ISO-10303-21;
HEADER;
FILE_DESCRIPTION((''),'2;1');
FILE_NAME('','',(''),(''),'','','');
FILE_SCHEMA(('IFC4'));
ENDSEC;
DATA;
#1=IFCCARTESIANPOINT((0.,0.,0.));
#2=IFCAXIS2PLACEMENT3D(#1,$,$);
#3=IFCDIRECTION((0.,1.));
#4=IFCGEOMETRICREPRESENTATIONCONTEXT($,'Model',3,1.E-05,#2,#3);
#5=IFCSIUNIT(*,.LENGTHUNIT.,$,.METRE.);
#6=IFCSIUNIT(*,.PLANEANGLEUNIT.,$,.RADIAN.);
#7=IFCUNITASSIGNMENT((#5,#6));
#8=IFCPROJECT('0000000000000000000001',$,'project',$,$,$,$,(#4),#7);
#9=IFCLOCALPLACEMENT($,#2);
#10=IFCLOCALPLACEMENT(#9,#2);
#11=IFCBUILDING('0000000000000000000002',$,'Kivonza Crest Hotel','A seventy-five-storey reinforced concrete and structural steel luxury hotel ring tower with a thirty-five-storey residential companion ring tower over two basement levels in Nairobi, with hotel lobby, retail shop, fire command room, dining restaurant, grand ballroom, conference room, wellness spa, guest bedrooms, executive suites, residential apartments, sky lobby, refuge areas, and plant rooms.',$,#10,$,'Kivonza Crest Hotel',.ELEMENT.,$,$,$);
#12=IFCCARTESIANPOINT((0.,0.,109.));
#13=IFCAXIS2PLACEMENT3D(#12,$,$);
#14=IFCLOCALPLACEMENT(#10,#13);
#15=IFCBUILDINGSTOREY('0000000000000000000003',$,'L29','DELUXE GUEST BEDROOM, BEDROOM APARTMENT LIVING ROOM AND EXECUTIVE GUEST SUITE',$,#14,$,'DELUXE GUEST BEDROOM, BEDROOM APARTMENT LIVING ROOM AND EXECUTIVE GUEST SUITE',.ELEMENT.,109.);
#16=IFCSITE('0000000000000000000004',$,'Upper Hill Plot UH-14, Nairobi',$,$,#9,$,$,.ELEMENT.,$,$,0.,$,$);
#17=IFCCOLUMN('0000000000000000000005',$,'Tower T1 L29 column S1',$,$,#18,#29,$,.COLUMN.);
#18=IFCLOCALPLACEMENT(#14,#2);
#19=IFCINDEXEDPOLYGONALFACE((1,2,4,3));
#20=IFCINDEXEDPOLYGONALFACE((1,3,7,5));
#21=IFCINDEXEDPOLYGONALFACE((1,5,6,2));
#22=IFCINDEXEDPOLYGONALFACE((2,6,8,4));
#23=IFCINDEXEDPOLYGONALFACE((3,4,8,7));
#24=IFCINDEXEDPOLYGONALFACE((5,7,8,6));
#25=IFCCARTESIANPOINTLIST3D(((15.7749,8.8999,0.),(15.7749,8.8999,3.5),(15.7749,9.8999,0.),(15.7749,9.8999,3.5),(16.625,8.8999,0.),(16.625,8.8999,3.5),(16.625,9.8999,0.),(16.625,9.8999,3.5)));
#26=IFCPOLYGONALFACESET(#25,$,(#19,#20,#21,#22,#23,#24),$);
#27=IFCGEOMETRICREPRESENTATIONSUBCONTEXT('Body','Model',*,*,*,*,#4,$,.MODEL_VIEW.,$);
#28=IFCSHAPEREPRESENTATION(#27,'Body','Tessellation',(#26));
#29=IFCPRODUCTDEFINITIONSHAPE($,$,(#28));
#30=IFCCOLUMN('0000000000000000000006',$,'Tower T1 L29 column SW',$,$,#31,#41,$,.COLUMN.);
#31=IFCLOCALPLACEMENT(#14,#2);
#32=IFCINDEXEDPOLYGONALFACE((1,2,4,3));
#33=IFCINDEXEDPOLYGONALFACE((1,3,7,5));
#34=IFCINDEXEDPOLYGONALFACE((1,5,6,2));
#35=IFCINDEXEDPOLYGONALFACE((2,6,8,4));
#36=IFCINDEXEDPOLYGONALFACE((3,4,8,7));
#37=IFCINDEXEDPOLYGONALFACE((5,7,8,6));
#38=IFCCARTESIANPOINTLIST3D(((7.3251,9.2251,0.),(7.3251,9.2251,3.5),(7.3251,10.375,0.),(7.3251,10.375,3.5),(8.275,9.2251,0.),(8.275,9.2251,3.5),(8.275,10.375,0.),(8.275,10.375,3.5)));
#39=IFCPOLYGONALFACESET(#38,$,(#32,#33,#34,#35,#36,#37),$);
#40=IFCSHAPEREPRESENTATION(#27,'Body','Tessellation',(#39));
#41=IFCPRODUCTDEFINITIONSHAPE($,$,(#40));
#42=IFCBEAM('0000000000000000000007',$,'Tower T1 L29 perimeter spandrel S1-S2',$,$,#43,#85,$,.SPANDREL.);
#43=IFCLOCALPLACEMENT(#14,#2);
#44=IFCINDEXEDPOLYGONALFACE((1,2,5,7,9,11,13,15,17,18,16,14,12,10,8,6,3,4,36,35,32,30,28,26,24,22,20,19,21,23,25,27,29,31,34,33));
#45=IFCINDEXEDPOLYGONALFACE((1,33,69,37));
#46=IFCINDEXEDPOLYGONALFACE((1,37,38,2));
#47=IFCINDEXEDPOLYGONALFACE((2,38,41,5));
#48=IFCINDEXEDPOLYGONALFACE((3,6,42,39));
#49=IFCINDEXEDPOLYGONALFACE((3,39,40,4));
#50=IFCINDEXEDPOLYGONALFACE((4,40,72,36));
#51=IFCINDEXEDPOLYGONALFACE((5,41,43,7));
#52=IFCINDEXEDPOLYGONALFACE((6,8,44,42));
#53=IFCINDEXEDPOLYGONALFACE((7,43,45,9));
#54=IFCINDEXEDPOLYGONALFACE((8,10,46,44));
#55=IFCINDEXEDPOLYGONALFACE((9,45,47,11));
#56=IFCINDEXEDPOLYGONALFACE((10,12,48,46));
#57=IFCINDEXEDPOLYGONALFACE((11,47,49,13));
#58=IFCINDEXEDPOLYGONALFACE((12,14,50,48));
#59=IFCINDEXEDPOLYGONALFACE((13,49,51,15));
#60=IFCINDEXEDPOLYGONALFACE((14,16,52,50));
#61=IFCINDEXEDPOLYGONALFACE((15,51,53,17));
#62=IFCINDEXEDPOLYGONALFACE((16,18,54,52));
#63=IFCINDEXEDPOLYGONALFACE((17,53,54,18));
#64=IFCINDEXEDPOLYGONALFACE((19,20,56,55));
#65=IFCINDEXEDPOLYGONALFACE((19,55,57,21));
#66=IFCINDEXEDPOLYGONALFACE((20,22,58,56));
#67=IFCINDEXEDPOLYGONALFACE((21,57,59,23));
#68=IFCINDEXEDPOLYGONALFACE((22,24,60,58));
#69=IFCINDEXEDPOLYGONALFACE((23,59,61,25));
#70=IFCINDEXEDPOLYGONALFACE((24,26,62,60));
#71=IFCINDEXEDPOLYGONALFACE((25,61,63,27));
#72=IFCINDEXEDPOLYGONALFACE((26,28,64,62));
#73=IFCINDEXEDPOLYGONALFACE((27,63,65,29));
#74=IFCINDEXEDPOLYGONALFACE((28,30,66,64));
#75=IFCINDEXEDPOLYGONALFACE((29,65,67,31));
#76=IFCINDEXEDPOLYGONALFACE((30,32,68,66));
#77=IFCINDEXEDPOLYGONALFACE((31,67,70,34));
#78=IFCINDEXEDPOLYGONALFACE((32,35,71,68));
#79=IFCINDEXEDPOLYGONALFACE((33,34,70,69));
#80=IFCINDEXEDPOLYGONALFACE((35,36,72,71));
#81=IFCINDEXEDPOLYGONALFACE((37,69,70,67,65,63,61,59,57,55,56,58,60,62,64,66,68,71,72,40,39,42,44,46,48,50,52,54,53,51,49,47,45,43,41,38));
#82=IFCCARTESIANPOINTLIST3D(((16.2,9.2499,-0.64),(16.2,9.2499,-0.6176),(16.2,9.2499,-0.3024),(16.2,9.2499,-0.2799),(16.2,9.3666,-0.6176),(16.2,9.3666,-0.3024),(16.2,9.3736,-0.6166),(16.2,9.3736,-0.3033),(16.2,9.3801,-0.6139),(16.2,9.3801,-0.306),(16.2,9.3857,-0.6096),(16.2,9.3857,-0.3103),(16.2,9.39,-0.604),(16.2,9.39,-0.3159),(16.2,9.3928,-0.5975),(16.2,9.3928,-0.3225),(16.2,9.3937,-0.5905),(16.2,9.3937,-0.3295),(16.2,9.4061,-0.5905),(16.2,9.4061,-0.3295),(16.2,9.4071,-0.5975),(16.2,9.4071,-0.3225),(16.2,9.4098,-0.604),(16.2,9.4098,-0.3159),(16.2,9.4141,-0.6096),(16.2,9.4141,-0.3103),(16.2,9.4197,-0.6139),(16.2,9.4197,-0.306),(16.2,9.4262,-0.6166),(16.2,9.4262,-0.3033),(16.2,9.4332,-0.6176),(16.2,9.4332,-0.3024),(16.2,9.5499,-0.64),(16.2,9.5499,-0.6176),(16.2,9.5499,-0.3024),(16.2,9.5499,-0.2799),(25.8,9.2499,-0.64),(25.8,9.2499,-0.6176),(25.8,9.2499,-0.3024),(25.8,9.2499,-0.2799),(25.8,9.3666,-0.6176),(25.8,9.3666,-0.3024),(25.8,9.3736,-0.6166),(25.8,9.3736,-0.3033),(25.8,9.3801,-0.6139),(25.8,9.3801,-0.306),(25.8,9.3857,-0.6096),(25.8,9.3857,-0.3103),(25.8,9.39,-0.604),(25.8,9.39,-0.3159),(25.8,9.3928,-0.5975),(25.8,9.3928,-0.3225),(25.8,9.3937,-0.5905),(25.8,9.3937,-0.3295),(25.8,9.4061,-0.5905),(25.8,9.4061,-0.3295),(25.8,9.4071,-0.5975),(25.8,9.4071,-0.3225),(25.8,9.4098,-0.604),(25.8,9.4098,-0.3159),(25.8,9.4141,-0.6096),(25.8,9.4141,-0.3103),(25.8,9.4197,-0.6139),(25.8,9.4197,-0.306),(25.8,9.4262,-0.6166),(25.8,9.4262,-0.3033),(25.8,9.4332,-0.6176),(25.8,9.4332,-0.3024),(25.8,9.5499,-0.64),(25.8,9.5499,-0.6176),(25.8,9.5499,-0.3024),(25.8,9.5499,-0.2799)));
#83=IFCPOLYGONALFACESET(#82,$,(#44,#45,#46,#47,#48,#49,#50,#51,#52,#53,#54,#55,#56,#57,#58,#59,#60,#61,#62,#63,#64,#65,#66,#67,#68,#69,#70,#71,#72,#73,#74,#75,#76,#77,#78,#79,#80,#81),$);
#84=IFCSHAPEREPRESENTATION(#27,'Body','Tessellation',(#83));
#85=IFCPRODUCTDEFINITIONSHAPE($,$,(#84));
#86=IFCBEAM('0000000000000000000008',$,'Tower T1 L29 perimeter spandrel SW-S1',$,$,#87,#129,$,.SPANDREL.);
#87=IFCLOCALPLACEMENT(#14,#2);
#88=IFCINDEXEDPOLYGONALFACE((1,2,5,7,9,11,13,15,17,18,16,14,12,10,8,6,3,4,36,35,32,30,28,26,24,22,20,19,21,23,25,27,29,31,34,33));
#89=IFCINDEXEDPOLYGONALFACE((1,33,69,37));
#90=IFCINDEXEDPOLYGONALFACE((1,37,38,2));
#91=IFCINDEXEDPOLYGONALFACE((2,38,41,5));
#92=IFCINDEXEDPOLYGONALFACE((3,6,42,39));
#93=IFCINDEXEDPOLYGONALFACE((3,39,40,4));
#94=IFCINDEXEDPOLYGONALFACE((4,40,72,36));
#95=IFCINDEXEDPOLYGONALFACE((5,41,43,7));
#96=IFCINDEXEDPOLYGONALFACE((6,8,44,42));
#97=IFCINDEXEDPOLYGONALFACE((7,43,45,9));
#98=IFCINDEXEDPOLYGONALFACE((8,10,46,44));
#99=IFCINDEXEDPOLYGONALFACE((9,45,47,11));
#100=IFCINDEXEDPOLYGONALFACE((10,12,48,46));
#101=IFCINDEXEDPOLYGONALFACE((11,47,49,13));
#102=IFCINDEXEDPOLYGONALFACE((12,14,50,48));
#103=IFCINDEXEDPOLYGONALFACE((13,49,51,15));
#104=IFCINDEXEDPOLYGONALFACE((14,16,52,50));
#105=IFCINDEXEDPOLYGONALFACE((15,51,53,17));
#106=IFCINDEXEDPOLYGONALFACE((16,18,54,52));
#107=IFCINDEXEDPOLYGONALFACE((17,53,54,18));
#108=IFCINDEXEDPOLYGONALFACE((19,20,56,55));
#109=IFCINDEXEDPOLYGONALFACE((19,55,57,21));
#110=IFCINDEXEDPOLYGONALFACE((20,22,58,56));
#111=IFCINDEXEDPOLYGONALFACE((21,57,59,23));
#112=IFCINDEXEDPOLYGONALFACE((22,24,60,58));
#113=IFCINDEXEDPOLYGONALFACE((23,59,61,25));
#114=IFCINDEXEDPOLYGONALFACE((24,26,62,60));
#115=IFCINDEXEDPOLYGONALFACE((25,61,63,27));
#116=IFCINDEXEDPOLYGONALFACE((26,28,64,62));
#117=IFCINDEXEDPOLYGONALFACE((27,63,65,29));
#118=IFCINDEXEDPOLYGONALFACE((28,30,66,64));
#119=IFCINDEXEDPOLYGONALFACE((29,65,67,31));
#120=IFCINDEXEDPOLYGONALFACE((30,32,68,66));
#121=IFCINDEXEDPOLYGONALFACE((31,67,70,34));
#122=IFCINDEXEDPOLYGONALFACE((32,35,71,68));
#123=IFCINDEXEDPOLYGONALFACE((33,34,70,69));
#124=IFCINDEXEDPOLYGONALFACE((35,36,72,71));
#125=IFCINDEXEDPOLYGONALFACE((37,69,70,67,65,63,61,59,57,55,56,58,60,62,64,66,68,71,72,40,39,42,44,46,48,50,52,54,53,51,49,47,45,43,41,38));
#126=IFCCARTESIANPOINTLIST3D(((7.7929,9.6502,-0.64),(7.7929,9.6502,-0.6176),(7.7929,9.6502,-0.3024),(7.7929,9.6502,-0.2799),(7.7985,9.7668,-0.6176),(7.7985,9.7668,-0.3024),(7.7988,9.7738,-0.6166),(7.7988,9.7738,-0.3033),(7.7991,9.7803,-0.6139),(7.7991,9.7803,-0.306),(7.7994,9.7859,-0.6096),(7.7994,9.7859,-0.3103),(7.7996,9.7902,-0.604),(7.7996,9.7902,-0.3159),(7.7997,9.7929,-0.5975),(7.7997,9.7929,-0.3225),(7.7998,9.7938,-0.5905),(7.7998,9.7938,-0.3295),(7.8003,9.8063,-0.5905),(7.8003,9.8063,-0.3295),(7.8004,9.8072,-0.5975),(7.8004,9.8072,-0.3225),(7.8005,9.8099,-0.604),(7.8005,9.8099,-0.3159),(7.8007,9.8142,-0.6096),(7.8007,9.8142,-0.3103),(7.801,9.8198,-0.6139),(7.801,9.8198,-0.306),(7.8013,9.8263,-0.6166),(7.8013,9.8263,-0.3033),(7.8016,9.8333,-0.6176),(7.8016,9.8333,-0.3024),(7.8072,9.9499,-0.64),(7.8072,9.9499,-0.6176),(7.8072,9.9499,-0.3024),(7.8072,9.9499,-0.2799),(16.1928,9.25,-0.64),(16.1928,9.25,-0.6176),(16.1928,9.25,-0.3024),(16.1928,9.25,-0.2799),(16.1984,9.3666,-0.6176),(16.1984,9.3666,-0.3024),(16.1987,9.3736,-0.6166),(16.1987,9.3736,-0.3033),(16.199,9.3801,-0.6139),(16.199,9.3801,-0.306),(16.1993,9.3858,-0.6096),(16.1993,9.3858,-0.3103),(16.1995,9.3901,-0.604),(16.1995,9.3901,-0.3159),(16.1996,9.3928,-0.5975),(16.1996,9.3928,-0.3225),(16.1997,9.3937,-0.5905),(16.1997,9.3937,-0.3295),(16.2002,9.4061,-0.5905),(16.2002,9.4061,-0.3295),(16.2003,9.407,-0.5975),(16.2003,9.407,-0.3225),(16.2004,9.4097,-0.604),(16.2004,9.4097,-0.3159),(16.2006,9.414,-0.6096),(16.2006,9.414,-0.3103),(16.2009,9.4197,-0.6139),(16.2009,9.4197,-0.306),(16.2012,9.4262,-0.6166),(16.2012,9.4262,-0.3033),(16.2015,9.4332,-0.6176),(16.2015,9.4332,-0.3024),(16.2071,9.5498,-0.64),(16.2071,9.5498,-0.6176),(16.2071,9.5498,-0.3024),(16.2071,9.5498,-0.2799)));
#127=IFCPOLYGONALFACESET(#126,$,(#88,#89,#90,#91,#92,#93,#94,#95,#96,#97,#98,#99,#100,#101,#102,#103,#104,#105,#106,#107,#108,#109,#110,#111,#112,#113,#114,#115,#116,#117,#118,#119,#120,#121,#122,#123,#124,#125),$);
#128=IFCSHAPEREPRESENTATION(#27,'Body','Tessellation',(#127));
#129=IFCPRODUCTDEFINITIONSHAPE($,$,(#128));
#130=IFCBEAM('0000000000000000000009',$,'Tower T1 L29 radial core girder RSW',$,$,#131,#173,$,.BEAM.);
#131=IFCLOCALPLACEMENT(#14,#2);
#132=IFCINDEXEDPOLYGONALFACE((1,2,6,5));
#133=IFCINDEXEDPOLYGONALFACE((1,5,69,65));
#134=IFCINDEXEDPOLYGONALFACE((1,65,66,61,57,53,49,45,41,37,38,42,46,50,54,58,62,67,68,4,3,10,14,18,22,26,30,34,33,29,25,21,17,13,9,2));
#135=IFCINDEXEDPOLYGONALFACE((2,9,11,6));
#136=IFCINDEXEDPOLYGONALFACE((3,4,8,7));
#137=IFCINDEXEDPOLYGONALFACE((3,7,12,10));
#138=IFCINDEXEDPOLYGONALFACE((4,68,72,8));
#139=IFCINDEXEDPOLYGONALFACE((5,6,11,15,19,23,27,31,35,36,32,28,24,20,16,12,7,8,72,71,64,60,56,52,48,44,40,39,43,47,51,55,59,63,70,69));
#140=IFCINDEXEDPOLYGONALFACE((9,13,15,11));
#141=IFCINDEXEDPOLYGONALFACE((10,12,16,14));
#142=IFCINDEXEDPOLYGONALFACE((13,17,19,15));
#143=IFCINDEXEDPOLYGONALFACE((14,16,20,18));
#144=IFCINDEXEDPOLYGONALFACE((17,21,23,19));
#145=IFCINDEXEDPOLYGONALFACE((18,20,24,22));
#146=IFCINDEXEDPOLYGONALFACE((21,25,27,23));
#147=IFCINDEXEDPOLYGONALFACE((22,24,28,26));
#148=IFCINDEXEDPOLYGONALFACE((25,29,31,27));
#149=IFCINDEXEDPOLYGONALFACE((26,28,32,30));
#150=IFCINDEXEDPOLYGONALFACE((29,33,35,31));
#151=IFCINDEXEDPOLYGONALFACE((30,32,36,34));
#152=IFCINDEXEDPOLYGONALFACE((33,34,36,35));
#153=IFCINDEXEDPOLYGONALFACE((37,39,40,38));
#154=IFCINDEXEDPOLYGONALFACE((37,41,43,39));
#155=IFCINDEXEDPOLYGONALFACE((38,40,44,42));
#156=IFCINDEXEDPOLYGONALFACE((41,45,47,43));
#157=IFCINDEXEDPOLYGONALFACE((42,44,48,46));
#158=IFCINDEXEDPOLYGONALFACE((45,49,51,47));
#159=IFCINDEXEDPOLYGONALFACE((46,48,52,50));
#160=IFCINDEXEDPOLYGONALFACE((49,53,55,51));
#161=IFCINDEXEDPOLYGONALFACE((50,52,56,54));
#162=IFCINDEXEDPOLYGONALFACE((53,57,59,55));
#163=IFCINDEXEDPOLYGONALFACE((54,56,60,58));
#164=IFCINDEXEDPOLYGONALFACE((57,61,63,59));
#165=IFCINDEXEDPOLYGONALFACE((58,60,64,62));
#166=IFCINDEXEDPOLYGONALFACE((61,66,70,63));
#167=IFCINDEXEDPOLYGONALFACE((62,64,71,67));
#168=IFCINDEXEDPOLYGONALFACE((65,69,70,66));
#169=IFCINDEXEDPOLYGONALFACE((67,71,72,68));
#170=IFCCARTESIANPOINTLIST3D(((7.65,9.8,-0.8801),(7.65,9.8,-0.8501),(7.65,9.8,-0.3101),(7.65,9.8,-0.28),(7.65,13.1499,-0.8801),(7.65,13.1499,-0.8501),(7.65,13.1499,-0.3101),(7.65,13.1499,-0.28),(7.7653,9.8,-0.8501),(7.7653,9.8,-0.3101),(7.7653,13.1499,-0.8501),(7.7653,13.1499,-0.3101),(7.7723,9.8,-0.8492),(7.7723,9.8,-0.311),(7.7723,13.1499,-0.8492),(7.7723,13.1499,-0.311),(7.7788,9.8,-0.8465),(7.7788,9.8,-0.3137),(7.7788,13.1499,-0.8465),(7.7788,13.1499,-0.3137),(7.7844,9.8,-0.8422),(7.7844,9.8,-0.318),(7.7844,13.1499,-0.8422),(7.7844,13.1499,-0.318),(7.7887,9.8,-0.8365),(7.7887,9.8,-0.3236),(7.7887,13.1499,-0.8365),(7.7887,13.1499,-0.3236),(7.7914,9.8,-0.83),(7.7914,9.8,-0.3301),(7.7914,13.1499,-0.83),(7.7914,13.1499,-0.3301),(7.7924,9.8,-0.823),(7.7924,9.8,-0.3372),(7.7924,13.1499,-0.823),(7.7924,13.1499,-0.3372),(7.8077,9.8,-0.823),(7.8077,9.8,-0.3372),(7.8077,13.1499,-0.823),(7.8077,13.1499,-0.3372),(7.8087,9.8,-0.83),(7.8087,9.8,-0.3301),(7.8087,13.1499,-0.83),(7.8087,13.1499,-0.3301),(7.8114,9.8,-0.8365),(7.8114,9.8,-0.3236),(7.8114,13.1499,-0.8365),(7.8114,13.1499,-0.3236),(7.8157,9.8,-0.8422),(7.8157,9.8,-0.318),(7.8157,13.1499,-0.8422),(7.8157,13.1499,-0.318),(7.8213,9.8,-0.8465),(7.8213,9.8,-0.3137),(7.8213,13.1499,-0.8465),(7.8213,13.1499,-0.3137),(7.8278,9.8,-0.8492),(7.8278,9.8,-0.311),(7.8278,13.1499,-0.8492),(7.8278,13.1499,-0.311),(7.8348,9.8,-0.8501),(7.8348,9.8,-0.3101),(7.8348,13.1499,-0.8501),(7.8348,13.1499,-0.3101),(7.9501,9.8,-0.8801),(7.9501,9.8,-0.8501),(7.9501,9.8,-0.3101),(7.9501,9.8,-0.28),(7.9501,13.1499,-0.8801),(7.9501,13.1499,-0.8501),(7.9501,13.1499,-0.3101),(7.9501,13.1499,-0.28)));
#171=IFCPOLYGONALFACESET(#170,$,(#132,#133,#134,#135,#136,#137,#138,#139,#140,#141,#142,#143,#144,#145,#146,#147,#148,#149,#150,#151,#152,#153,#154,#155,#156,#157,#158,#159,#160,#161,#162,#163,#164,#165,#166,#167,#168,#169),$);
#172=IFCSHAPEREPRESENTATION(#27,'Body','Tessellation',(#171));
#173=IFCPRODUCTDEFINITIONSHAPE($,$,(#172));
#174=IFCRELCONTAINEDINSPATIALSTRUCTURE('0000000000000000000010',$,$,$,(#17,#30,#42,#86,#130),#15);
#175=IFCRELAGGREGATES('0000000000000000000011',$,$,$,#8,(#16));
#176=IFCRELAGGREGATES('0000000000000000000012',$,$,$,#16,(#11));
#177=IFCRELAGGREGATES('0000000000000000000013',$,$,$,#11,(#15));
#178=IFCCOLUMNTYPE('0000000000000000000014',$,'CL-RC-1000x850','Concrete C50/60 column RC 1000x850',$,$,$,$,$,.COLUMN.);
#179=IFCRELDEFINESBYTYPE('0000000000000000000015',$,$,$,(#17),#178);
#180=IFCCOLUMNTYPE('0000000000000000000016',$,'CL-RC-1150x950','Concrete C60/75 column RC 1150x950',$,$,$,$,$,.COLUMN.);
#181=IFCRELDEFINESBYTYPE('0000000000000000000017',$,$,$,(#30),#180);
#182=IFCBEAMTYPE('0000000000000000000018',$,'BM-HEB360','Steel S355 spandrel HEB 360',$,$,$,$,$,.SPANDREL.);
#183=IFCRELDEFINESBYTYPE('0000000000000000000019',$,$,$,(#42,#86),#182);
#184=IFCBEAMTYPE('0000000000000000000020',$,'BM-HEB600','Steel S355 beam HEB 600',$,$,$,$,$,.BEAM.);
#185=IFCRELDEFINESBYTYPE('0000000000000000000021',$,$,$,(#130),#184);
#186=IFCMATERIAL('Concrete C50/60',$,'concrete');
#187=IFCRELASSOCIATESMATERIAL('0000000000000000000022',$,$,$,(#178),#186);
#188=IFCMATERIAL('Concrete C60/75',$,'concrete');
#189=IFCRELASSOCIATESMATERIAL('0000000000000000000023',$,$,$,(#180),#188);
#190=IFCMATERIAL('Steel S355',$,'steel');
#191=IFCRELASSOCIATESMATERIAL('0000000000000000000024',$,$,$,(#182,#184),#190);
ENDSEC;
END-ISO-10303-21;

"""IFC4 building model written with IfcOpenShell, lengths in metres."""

from ifc_helpers import new_model, si_unit, direction, frame, origin, origin_2d, place, context, subcontext, project, spatial, rectangle, i_section, extrude, material, material_profile, profile_set, type_object, element, save


model = new_model("IFC4")

# Units and contexts
model_context = context("Model", 3, precision=1e-05, world=origin(), true_north=direction((0.0, 1.0)))
body_context = subcontext(model_context, "Body", "Model", "MODEL_VIEW")
ifc_project = project(units=[si_unit("LENGTHUNIT", "METRE"), si_unit("PLANEANGLEUNIT", "RADIAN")], contexts=[model_context])

# Site, building, storey
site_placement = place(None, origin())
site = spatial("IfcSite", under=ifc_project, at=site_placement, Name="Upper Hill Plot UH-14, Nairobi", CompositionType="ELEMENT", RefElevation=0.0)
building_placement = place(site_placement, origin())
building = spatial("IfcBuilding", under=site, at=building_placement, Name="Kivonza Crest Hotel", Description="A seventy-five-storey reinforced concrete and structural steel luxury hotel ring tower with a thirty-five-storey residential companion ring tower over two basement levels in Nairobi, with hotel lobby, retail shop, fire command room, dining restaurant, grand ballroom, conference room, wellness spa, guest bedrooms, executive suites, residential apartments, sky lobby, refuge areas, and plant rooms.", LongName="Kivonza Crest Hotel", CompositionType="ELEMENT")
storey_placement = place(building_placement, frame((0.0, 0.0, 109.0)))
storey = spatial("IfcBuildingStorey", under=building, at=storey_placement, Name="L29", Description="DELUXE GUEST BEDROOM, BEDROOM APARTMENT LIVING ROOM AND EXECUTIVE GUEST SUITE", LongName="DELUXE GUEST BEDROOM, BEDROOM APARTMENT LIVING ROOM AND EXECUTIVE GUEST SUITE", CompositionType="ELEMENT", Elevation=109.0)

# Columns
ifc_material_1 = material(Name="Concrete C50/60", Category="concrete")
ifc_material_profile_1 = material_profile(ifc_material_1, rectangle(XDim=0.8501, YDim=1.0, at=origin_2d()), Name="RC 1000x850")
ifc_profile_set_1 = profile_set([ifc_material_profile_1], Name="Concrete C50/60")
column_type_1 = type_object("IfcColumnType", Name="CL-RC-1000x850", Description="Concrete C50/60 column RC 1000x850", PredefinedType="COLUMN", material=ifc_profile_set_1)
column_1_placement = place(storey_placement, frame((16.2, 9.3999, 0.0), z_axis=(0.0, 0.0, 1.0), x_axis=(1.0, 0.0, 0.0)))
element("IfcColumn", 1, at=column_1_placement, inside=storey, type_object=column_type_1, Name="Tower T1 L29 column S1", PredefinedType="COLUMN", context=body_context, shape_type="SweptSolid", body=[
    extrude(rectangle(XDim=0.8501, YDim=1.0, at=origin_2d()), origin(), (0.0, 0.0, 1.0), 3.5),
])
ifc_material_2 = material(Name="Concrete C60/75", Category="concrete")
ifc_material_profile_2 = material_profile(ifc_material_2, rectangle(XDim=0.95, YDim=1.1499, at=origin_2d()), Name="RC 1150x950")
ifc_profile_set_2 = profile_set([ifc_material_profile_2], Name="Concrete C60/75")
column_type_2 = type_object("IfcColumnType", Name="CL-RC-1150x950", Description="Concrete C60/75 column RC 1150x950", PredefinedType="COLUMN", material=ifc_profile_set_2)
column_2_placement = place(storey_placement, frame((7.8, 9.8, 0.0), z_axis=(0.0, 0.0, 1.0), x_axis=(1.0, 0.0, 0.0)))
element("IfcColumn", 2, at=column_2_placement, inside=storey, type_object=column_type_2, Name="Tower T1 L29 column SW", PredefinedType="COLUMN", context=body_context, shape_type="SweptSolid", body=[
    extrude(rectangle(XDim=0.95, YDim=1.1499, at=origin_2d()), origin(), (0.0, 0.0, 1.0), 3.5),
])

# Beams
ifc_material_3 = material(Name="Steel S355", Category="steel")
ifc_material_profile_3 = material_profile(ifc_material_3, i_section(OverallWidth=0.3, OverallDepth=0.3601, WebThickness=0.0125, FlangeThickness=0.0225, FilletRadius=0.0271, at=origin_2d()), Name="HEB 360")
ifc_profile_set_3 = profile_set([ifc_material_profile_3], Name="Steel S355")
beam_type_1 = type_object("IfcBeamType", Name="BM-HEB360", Description="Steel S355 spandrel HEB 360", PredefinedType="SPANDREL", material=ifc_profile_set_3)
beam_1_placement = place(storey_placement, frame((16.2, 9.3999, -0.46), z_axis=(1.0, 0.0, 0.0), x_axis=(0.0, 1.0, 0.0)))
element("IfcBeam", 3, at=beam_1_placement, inside=storey, type_object=beam_type_1, Name="Tower T1 L29 perimeter spandrel S1-S2", PredefinedType="SPANDREL", context=body_context, shape_type="SweptSolid", body=[
    extrude(i_section(OverallWidth=0.3, OverallDepth=0.3601, WebThickness=0.0125, FlangeThickness=0.0225, FilletRadius=0.0271, at=origin_2d()), origin(), (0.0, 0.0, 1.0), 9.6001),
])
beam_2_placement = place(storey_placement, frame((7.8, 9.8, -0.46), z_axis=(0.998867, -0.047583, 0.0), x_axis=(0.047583, 0.998867, 0.0)))
element("IfcBeam", 4, at=beam_2_placement, inside=storey, type_object=beam_type_1, Name="Tower T1 L29 perimeter spandrel SW-S1", PredefinedType="SPANDREL", context=body_context, shape_type="SweptSolid", body=[
    extrude(i_section(OverallWidth=0.3, OverallDepth=0.3601, WebThickness=0.0125, FlangeThickness=0.0225, FilletRadius=0.0271, at=origin_2d()), origin(), (0.0, 0.0, 1.0), 8.4094),
])
ifc_material_profile_4 = material_profile(ifc_material_3, i_section(OverallWidth=0.3, OverallDepth=0.6001, WebThickness=0.0154, FlangeThickness=0.03, FilletRadius=0.0271, at=origin_2d()), Name="HEB 600")
ifc_profile_set_4 = profile_set([ifc_material_profile_4], Name="Steel S355")
beam_type_2 = type_object("IfcBeamType", Name="BM-HEB600", Description="Steel S355 beam HEB 600", PredefinedType="BEAM", material=ifc_profile_set_4)
beam_3_placement = place(storey_placement, frame((7.8, 9.8, -0.5801), z_axis=(0.0, 1.0, 0.0), x_axis=(-1.0, 0.0, 0.0)))
element("IfcBeam", 5, at=beam_3_placement, inside=storey, type_object=beam_type_2, Name="Tower T1 L29 radial core girder RSW", PredefinedType="BEAM", context=body_context, shape_type="SweptSolid", body=[
    extrude(i_section(OverallWidth=0.3, OverallDepth=0.6001, WebThickness=0.0154, FlangeThickness=0.03, FilletRadius=0.0271, at=origin_2d()), origin(), (0.0, 0.0, 1.0), 3.3499),
])

save(model, "model.ifc")
